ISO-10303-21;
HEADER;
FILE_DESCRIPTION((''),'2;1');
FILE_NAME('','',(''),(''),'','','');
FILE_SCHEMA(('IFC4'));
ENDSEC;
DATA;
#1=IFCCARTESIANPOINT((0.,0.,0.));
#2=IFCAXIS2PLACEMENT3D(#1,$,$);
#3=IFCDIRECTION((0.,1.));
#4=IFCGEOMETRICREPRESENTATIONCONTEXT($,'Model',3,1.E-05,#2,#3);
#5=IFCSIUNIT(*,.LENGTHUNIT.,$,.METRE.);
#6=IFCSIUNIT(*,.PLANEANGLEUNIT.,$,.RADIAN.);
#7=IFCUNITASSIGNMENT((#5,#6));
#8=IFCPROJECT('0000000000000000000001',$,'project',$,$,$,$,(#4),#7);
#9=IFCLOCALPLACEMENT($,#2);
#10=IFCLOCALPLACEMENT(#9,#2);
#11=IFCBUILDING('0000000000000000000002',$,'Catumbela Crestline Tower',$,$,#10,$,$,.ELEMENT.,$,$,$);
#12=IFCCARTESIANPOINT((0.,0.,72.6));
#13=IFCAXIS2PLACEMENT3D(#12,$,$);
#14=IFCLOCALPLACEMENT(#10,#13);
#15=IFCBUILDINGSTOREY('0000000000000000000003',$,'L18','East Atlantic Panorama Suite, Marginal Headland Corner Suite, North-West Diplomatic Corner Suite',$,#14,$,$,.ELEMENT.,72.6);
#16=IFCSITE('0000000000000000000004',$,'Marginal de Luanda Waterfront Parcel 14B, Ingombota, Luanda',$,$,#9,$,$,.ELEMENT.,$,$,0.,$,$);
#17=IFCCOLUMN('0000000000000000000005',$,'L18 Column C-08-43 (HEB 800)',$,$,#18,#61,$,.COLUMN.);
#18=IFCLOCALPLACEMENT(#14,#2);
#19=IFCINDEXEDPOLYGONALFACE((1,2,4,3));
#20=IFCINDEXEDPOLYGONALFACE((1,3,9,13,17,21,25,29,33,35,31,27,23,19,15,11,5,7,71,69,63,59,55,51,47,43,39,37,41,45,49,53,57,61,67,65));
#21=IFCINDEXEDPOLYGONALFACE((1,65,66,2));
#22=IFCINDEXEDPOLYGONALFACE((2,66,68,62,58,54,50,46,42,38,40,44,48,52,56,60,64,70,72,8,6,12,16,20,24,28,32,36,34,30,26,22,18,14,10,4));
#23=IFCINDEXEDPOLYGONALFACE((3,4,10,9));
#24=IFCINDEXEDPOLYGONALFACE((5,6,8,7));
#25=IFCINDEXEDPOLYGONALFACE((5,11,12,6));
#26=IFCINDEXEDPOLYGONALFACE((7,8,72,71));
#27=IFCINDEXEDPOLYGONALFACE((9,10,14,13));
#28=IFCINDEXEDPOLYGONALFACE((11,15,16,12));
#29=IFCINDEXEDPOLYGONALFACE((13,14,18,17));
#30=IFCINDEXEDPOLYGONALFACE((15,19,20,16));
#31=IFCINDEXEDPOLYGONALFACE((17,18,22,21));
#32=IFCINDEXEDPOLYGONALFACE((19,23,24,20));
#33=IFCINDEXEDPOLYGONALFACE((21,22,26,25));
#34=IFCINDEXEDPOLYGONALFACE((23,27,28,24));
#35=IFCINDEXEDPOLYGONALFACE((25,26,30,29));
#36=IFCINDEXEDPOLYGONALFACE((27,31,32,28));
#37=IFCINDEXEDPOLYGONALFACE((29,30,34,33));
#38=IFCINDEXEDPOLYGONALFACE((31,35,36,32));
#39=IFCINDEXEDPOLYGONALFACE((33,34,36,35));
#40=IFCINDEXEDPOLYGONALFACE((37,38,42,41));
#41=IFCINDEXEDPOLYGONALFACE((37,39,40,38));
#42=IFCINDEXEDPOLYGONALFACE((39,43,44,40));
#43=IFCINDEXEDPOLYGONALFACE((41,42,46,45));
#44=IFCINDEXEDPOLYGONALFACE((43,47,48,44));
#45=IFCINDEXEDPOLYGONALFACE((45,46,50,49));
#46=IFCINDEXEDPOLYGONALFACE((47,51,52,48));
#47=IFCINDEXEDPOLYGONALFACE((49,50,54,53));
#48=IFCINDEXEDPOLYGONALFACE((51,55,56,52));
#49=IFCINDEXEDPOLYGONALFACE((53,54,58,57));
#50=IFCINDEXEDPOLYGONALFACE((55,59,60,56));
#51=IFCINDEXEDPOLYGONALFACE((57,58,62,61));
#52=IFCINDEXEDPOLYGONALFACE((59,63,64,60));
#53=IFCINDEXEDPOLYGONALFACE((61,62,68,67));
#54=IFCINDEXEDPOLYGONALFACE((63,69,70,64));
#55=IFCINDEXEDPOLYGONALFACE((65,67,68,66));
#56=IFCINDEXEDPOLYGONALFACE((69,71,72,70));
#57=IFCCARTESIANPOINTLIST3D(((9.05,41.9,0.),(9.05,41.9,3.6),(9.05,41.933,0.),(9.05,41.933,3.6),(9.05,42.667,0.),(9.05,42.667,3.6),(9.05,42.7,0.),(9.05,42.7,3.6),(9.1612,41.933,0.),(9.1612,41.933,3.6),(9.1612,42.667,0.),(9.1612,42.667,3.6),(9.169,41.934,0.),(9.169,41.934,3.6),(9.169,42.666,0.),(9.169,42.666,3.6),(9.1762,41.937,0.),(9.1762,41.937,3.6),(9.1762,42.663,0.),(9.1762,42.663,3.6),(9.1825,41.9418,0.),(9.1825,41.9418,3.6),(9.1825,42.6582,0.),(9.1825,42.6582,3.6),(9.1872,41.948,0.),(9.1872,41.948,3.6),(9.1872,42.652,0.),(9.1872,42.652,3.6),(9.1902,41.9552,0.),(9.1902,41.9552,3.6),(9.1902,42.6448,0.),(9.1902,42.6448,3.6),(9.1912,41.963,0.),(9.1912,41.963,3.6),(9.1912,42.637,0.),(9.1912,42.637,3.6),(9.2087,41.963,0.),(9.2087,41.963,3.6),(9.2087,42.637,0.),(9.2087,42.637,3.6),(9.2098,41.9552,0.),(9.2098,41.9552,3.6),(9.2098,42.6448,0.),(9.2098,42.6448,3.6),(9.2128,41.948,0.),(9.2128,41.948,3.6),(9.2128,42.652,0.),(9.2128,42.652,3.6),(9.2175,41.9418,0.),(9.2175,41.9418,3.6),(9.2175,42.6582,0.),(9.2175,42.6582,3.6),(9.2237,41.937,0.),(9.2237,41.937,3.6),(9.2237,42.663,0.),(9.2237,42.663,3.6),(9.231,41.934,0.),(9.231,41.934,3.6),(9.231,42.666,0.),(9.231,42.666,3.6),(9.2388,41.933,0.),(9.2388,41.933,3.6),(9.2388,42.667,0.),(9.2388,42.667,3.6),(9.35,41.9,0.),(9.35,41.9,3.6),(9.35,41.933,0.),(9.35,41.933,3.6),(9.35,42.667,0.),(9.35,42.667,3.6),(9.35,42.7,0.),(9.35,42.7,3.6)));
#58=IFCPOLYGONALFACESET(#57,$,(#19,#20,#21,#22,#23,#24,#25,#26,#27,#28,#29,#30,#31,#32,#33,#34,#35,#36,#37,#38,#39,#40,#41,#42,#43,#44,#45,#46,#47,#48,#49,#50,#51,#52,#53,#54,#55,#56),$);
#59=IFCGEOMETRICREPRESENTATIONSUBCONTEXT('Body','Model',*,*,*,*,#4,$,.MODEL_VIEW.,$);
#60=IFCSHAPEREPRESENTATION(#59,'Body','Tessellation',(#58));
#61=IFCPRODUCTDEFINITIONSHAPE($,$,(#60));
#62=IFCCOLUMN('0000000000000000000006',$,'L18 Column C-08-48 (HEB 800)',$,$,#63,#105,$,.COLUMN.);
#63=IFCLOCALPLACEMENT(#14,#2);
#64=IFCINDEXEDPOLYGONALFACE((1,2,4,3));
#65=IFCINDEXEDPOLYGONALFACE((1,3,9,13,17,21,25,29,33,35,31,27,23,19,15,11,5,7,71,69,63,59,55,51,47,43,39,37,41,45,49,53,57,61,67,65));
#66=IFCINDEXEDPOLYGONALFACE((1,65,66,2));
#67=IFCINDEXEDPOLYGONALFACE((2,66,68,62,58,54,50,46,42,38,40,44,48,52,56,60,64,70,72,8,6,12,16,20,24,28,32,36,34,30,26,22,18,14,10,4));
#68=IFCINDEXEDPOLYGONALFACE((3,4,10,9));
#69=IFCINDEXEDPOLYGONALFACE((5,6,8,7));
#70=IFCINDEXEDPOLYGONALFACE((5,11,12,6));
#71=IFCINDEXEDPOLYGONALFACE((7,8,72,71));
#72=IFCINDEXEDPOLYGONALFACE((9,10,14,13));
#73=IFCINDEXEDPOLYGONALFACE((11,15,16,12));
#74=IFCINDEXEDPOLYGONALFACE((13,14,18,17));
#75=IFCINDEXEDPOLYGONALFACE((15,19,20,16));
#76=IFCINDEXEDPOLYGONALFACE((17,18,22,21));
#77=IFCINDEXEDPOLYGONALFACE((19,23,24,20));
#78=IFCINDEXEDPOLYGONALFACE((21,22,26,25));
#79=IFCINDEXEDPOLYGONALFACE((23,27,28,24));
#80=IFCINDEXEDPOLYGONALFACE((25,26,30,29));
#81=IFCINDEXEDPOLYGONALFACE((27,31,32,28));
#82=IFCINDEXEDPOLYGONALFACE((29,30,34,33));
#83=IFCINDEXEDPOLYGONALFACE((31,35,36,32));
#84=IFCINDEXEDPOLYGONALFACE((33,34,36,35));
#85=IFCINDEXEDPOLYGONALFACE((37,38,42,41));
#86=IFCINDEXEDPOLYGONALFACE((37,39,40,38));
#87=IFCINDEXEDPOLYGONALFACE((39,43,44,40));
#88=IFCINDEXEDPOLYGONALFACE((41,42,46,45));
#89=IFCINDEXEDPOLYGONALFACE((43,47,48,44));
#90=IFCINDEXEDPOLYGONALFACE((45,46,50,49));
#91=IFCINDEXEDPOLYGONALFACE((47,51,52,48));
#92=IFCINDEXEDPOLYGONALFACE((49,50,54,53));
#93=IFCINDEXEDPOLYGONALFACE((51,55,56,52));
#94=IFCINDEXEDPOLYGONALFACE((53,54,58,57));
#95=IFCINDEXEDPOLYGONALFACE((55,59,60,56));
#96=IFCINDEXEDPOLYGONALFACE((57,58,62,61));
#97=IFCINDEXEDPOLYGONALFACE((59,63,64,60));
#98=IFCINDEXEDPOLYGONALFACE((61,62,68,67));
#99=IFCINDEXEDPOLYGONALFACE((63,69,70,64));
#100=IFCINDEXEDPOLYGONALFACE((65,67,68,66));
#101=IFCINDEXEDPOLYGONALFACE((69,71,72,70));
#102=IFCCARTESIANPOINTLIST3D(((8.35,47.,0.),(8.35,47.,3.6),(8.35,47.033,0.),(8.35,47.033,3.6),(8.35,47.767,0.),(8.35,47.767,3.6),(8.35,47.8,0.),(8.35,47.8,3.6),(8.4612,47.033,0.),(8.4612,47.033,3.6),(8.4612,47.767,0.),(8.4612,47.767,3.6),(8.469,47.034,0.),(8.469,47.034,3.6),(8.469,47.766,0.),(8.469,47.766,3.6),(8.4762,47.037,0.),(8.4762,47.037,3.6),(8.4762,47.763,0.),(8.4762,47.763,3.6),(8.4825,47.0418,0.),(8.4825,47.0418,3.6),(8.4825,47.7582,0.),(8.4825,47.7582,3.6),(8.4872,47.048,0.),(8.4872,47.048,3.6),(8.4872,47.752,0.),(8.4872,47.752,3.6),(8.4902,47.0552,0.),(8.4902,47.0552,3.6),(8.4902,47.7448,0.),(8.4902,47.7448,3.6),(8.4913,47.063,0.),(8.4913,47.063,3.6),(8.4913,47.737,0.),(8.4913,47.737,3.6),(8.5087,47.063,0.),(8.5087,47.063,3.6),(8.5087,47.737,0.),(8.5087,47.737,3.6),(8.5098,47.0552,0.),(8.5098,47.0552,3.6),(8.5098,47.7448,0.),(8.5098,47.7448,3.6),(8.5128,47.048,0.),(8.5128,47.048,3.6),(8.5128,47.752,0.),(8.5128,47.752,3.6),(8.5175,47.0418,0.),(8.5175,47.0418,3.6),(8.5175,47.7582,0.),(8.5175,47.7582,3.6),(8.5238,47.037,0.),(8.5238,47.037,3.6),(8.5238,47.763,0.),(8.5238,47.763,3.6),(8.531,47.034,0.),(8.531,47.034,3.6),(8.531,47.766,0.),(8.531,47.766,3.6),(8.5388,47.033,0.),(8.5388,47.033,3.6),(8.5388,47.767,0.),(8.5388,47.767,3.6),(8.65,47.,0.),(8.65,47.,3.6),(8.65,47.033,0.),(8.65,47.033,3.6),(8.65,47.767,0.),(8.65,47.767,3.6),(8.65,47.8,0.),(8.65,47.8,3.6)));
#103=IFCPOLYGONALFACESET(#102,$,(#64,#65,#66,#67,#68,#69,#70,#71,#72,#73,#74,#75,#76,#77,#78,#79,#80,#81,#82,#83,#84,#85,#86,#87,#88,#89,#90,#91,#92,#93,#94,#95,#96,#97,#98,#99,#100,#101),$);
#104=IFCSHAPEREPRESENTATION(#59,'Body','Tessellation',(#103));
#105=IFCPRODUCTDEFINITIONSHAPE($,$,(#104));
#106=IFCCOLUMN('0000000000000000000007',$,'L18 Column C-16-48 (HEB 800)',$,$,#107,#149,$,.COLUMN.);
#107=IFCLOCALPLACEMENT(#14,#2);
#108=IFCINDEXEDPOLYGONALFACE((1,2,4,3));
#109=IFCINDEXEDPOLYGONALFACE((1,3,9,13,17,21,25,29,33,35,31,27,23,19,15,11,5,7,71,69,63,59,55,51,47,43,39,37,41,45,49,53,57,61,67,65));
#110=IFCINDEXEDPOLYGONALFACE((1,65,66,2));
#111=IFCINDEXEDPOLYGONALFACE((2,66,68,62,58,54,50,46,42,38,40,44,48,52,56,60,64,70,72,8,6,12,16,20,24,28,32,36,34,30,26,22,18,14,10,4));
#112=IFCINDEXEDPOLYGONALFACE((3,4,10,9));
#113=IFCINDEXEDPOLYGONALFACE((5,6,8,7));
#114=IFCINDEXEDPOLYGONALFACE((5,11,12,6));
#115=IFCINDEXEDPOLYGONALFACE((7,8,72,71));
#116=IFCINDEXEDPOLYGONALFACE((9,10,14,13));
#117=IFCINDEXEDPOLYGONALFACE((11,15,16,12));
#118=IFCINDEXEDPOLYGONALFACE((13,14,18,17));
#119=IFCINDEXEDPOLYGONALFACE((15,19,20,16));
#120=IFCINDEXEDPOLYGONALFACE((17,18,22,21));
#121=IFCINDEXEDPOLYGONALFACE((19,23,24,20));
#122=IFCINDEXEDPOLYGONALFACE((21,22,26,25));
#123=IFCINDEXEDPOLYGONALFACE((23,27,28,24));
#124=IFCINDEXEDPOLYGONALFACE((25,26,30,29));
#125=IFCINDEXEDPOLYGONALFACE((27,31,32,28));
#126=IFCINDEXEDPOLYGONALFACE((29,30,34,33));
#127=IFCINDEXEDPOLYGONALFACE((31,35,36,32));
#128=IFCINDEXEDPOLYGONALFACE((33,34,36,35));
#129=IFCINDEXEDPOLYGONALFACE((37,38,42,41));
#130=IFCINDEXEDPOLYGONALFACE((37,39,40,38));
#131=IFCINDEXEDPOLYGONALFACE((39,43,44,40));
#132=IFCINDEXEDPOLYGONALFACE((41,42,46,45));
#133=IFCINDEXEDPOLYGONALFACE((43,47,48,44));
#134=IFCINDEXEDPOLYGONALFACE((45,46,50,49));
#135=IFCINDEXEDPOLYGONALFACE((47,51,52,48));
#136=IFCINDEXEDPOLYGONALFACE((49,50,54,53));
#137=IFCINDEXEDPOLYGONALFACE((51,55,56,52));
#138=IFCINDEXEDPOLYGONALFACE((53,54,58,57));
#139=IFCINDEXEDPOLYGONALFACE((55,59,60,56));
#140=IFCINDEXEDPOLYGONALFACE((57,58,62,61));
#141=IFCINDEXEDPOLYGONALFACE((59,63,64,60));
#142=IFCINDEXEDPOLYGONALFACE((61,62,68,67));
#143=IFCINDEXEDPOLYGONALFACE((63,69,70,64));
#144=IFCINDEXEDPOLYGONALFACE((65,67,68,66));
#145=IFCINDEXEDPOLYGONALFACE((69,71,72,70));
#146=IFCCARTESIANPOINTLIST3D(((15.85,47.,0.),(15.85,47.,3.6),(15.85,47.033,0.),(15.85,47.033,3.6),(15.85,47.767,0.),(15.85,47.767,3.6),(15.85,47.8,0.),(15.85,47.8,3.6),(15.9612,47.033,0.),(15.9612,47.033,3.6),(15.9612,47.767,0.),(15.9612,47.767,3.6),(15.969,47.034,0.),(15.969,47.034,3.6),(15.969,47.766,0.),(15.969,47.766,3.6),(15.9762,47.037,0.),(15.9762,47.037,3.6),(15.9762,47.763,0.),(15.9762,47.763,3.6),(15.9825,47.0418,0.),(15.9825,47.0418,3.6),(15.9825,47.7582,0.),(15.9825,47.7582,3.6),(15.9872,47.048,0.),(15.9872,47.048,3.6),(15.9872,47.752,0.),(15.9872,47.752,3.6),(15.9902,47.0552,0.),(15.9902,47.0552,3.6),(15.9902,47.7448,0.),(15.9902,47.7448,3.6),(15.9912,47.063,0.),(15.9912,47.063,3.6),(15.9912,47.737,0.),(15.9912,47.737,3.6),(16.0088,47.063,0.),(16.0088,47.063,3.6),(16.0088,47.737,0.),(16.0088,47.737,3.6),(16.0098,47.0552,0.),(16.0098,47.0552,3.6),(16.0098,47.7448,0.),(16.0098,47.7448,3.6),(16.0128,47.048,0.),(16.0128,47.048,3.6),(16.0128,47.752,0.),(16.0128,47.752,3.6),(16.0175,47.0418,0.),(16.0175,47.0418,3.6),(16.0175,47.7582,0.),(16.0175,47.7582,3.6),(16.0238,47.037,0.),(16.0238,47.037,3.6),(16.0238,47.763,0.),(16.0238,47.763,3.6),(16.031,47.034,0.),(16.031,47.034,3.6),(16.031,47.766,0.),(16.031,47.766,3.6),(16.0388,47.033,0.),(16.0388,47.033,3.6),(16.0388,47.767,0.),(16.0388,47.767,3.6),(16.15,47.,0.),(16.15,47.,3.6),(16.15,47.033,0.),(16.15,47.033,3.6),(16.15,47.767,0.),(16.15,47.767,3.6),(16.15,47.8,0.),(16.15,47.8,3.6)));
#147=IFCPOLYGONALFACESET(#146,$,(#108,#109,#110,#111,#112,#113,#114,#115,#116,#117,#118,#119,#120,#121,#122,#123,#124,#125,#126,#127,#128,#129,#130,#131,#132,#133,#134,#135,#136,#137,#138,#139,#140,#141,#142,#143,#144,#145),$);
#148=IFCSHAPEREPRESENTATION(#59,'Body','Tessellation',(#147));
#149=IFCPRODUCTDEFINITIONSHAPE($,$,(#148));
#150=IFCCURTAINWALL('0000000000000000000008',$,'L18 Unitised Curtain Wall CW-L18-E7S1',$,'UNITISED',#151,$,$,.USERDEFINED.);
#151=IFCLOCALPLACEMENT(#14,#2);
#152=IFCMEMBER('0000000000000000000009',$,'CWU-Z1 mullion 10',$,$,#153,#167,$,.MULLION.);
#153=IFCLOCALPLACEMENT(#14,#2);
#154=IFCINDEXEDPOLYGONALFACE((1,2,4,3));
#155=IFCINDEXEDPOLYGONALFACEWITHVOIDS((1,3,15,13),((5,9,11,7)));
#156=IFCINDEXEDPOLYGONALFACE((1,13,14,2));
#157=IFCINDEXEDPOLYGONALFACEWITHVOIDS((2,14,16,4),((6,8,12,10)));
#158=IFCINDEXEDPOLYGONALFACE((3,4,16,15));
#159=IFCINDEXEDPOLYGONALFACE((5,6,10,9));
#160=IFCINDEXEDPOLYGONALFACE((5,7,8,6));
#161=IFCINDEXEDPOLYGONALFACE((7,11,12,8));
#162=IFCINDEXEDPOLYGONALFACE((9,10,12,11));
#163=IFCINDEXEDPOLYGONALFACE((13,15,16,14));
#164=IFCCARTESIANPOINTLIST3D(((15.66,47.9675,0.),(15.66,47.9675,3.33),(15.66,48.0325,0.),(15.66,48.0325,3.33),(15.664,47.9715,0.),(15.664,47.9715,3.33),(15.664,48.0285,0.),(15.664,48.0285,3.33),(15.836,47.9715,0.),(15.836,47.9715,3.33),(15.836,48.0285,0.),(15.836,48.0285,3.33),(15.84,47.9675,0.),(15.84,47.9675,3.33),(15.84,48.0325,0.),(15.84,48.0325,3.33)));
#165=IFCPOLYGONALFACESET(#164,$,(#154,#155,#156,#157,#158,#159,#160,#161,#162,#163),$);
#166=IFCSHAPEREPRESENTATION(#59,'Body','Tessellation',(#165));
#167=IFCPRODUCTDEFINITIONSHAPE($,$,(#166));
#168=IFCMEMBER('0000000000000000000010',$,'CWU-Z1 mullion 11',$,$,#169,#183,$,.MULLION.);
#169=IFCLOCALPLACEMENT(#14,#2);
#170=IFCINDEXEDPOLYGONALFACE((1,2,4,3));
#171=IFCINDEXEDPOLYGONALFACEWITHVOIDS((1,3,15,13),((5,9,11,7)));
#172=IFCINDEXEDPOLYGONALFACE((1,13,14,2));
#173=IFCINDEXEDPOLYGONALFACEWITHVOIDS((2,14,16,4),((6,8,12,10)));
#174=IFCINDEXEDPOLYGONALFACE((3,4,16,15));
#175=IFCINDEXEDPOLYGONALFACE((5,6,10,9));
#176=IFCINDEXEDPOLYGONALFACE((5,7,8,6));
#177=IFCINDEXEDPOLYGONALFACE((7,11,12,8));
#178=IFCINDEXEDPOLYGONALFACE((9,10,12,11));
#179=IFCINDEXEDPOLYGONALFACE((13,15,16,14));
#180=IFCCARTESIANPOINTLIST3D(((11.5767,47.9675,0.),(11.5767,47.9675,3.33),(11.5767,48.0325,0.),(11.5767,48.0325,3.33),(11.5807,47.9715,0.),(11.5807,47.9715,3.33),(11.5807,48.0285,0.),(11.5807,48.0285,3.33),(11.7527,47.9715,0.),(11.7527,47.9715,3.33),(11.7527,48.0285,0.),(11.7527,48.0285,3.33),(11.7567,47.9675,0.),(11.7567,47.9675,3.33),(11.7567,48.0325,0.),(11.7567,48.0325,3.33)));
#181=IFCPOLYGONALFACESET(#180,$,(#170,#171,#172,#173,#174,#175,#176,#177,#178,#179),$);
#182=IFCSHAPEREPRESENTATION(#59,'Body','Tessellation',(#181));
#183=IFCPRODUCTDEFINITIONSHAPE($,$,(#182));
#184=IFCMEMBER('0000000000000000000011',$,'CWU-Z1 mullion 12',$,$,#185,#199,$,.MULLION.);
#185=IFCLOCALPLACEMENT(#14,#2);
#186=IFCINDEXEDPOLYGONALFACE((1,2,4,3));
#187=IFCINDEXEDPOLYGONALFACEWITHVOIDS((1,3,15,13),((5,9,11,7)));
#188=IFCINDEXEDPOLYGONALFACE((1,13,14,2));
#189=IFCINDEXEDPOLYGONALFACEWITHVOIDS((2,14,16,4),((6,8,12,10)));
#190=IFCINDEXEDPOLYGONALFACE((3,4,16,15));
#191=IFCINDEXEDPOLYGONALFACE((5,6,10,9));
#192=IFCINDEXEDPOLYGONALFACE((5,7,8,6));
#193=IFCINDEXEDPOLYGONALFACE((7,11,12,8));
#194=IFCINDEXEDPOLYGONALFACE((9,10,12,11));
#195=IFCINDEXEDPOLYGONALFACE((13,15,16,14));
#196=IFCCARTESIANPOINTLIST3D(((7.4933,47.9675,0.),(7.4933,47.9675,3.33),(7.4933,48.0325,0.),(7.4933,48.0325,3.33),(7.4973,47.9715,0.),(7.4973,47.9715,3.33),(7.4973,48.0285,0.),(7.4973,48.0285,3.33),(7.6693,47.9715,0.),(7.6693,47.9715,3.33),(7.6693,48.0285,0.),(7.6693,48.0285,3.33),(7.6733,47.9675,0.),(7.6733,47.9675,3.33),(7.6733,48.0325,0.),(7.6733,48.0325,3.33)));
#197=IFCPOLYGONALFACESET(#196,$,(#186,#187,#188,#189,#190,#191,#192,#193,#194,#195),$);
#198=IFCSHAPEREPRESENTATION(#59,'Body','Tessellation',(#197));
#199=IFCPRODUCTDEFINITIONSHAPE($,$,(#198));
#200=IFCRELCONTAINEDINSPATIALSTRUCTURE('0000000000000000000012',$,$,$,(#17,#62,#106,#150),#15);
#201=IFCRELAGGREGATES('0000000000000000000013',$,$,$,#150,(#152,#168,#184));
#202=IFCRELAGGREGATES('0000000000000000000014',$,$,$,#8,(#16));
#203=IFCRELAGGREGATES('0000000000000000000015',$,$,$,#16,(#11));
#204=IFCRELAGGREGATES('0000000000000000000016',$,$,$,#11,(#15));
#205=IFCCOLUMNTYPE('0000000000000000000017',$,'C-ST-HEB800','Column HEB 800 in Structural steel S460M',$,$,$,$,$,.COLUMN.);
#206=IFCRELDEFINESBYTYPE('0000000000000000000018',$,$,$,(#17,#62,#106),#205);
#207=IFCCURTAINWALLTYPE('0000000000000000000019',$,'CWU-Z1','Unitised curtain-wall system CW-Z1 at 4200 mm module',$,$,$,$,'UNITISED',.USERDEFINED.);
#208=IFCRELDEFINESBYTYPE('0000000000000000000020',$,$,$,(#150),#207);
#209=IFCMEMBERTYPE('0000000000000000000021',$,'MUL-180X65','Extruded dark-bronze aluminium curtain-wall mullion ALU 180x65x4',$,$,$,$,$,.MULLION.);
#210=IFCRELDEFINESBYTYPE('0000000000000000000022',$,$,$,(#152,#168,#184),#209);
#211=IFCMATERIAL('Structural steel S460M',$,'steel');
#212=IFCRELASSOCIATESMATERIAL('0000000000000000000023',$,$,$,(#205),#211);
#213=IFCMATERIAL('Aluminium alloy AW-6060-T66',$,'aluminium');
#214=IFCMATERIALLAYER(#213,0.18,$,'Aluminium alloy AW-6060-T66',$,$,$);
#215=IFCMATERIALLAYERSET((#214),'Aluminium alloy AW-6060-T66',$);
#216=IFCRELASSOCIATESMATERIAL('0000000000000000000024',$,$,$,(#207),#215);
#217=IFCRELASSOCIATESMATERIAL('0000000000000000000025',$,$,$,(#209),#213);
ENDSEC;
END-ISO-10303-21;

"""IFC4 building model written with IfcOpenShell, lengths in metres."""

from ifc_helpers import new_model, si_unit, direction, frame, origin, origin_2d, place, context, subcontext, project, spatial, hollow_rectangle, i_section, extrude, material, layer, layer_set, material_profile, profile_set, type_object, element, aggregate, save


model = new_model("IFC4")

# Units and contexts
model_context = context("Model", 3, precision=1e-05, world=origin(), true_north=direction((0.0, 1.0)))
body_context = subcontext(model_context, "Body", "Model", "MODEL_VIEW")
ifc_project = project(units=[si_unit("LENGTHUNIT", "METRE"), si_unit("PLANEANGLEUNIT", "RADIAN")], contexts=[model_context])

# Site, building, storey
site_placement = place(None, origin())
site = spatial("IfcSite", under=ifc_project, at=site_placement, Name="Marginal de Luanda Waterfront Parcel 14B, Ingombota, Luanda", CompositionType="ELEMENT", RefElevation=0.0)
building_placement = place(site_placement, origin())
building = spatial("IfcBuilding", under=site, at=building_placement, Name="Catumbela Crestline Tower", CompositionType="ELEMENT")
storey_placement = place(building_placement, frame((0.0, 0.0, 72.6)))
storey = spatial("IfcBuildingStorey", under=building, at=storey_placement, Name="L18", Description="East Atlantic Panorama Suite, Marginal Headland Corner Suite, North-West Diplomatic Corner Suite", CompositionType="ELEMENT", Elevation=72.6)

# Columns
ifc_material_1 = material(Name="Structural steel S460M", Category="steel")
ifc_material_profile_1 = material_profile(ifc_material_1, i_section(OverallWidth=0.3, OverallDepth=0.8, WebThickness=0.0175, FlangeThickness=0.033, FilletRadius=0.03, at=origin_2d()), Name="HEB 800")
ifc_profile_set_1 = profile_set([ifc_material_profile_1], Name="Structural steel S460M")
column_type = type_object("IfcColumnType", Name="C-ST-HEB800", Description="Column HEB 800 in Structural steel S460M", PredefinedType="COLUMN", material=ifc_profile_set_1)
for number, where, z_axis, x_axis, name in (
    (1, (9.2, 42.3, 0.0), (0.0, 0.0, 1.0), (1.0, 0.0, 0.0), "L18 Column C-08-43 (HEB 800)"),
    (2, (8.5, 47.4, 0.0), (0.0, 0.0, 1.0), (1.0, 0.0, 0.0), "L18 Column C-08-48 (HEB 800)"),
    (3, (16.0, 47.4, 0.0), (0.0, 0.0, 1.0), (1.0, 0.0, 0.0), "L18 Column C-16-48 (HEB 800)"),
):
    element("IfcColumn", number, at=place(storey_placement, frame(where, z_axis=z_axis, x_axis=x_axis)), inside=storey, type_object=column_type, Name=name, PredefinedType="COLUMN", context=body_context, shape_type="SweptSolid", body=[
        extrude(i_section(OverallWidth=0.3, OverallDepth=0.8, WebThickness=0.0175, FlangeThickness=0.033, FilletRadius=0.03, at=origin_2d()), origin(), (0.0, 0.0, 1.0), 3.6),
    ])

# Curtain wall, members
ifc_material_2 = material(Name="Aluminium alloy AW-6060-T66", Category="aluminium")
ifc_layer_1 = layer(ifc_material_2, 0.18, Name="Aluminium alloy AW-6060-T66")
ifc_layer_set_1 = layer_set([ifc_layer_1], Name="Aluminium alloy AW-6060-T66")
curtain_wall_type = type_object("IfcCurtainWallType", Name="CWU-Z1", Description="Unitised curtain-wall system CW-Z1 at 4200 mm module", ElementType="UNITISED", PredefinedType="USERDEFINED", material=ifc_layer_set_1)
curtain_wall_placement = place(storey_placement, origin())
curtain_wall = element("IfcCurtainWall", 4, at=curtain_wall_placement, inside=storey, type_object=curtain_wall_type, Name="L18 Unitised Curtain Wall CW-L18-E7S1", ObjectType="UNITISED", PredefinedType="USERDEFINED")
ifc_material_profile_2 = material_profile(ifc_material_2, hollow_rectangle(XDim=0.065, YDim=0.18, WallThickness=0.004, at=origin_2d()), Name="ALU 180x65x4")
ifc_profile_set_2 = profile_set([ifc_material_profile_2], Name="Aluminium alloy AW-6060-T66")
member_type_1 = type_object("IfcMemberType", Name="MUL-180X65", Description="Extruded dark-bronze aluminium curtain-wall mullion ALU 180x65x4", PredefinedType="MULLION", material=ifc_profile_set_2)
member_1_placement = place(storey_placement, frame((15.75, 48.0, 0.0), z_axis=(0.0, 0.0, 1.0), x_axis=(0.0, -1.0, 0.0)))
member_1 = element("IfcMember", 5, at=member_1_placement, type_object=member_type_1, Name="CWU-Z1 mullion 10", PredefinedType="MULLION", context=body_context, shape_type="SweptSolid", body=[
    extrude(hollow_rectangle(XDim=0.065, YDim=0.18, WallThickness=0.004, at=origin_2d()), origin(), (0.0, 0.0, 1.0), 3.33),
])
member_2_placement = place(storey_placement, frame((11.6667, 48.0, 0.0), z_axis=(0.0, 0.0, 1.0), x_axis=(0.0, -1.0, 0.0)))
member_2 = element("IfcMember", 6, at=member_2_placement, type_object=member_type_1, Name="CWU-Z1 mullion 11", PredefinedType="MULLION", context=body_context, shape_type="SweptSolid", body=[
    extrude(hollow_rectangle(XDim=0.065, YDim=0.18, WallThickness=0.004, at=origin_2d()), origin(), (0.0, 0.0, 1.0), 3.33),
])
member_3_placement = place(storey_placement, frame((7.5833, 48.0, 0.0), z_axis=(0.0, 0.0, 1.0), x_axis=(0.0, -1.0, 0.0)))
member_3 = element("IfcMember", 7, at=member_3_placement, type_object=member_type_1, Name="CWU-Z1 mullion 12", PredefinedType="MULLION", context=body_context, shape_type="SweptSolid", body=[
    extrude(hollow_rectangle(XDim=0.065, YDim=0.18, WallThickness=0.004, at=origin_2d()), origin(), (0.0, 0.0, 1.0), 3.33),
])

aggregate(curtain_wall, [member_1, member_2, member_3])

save(model, "model.ifc")
